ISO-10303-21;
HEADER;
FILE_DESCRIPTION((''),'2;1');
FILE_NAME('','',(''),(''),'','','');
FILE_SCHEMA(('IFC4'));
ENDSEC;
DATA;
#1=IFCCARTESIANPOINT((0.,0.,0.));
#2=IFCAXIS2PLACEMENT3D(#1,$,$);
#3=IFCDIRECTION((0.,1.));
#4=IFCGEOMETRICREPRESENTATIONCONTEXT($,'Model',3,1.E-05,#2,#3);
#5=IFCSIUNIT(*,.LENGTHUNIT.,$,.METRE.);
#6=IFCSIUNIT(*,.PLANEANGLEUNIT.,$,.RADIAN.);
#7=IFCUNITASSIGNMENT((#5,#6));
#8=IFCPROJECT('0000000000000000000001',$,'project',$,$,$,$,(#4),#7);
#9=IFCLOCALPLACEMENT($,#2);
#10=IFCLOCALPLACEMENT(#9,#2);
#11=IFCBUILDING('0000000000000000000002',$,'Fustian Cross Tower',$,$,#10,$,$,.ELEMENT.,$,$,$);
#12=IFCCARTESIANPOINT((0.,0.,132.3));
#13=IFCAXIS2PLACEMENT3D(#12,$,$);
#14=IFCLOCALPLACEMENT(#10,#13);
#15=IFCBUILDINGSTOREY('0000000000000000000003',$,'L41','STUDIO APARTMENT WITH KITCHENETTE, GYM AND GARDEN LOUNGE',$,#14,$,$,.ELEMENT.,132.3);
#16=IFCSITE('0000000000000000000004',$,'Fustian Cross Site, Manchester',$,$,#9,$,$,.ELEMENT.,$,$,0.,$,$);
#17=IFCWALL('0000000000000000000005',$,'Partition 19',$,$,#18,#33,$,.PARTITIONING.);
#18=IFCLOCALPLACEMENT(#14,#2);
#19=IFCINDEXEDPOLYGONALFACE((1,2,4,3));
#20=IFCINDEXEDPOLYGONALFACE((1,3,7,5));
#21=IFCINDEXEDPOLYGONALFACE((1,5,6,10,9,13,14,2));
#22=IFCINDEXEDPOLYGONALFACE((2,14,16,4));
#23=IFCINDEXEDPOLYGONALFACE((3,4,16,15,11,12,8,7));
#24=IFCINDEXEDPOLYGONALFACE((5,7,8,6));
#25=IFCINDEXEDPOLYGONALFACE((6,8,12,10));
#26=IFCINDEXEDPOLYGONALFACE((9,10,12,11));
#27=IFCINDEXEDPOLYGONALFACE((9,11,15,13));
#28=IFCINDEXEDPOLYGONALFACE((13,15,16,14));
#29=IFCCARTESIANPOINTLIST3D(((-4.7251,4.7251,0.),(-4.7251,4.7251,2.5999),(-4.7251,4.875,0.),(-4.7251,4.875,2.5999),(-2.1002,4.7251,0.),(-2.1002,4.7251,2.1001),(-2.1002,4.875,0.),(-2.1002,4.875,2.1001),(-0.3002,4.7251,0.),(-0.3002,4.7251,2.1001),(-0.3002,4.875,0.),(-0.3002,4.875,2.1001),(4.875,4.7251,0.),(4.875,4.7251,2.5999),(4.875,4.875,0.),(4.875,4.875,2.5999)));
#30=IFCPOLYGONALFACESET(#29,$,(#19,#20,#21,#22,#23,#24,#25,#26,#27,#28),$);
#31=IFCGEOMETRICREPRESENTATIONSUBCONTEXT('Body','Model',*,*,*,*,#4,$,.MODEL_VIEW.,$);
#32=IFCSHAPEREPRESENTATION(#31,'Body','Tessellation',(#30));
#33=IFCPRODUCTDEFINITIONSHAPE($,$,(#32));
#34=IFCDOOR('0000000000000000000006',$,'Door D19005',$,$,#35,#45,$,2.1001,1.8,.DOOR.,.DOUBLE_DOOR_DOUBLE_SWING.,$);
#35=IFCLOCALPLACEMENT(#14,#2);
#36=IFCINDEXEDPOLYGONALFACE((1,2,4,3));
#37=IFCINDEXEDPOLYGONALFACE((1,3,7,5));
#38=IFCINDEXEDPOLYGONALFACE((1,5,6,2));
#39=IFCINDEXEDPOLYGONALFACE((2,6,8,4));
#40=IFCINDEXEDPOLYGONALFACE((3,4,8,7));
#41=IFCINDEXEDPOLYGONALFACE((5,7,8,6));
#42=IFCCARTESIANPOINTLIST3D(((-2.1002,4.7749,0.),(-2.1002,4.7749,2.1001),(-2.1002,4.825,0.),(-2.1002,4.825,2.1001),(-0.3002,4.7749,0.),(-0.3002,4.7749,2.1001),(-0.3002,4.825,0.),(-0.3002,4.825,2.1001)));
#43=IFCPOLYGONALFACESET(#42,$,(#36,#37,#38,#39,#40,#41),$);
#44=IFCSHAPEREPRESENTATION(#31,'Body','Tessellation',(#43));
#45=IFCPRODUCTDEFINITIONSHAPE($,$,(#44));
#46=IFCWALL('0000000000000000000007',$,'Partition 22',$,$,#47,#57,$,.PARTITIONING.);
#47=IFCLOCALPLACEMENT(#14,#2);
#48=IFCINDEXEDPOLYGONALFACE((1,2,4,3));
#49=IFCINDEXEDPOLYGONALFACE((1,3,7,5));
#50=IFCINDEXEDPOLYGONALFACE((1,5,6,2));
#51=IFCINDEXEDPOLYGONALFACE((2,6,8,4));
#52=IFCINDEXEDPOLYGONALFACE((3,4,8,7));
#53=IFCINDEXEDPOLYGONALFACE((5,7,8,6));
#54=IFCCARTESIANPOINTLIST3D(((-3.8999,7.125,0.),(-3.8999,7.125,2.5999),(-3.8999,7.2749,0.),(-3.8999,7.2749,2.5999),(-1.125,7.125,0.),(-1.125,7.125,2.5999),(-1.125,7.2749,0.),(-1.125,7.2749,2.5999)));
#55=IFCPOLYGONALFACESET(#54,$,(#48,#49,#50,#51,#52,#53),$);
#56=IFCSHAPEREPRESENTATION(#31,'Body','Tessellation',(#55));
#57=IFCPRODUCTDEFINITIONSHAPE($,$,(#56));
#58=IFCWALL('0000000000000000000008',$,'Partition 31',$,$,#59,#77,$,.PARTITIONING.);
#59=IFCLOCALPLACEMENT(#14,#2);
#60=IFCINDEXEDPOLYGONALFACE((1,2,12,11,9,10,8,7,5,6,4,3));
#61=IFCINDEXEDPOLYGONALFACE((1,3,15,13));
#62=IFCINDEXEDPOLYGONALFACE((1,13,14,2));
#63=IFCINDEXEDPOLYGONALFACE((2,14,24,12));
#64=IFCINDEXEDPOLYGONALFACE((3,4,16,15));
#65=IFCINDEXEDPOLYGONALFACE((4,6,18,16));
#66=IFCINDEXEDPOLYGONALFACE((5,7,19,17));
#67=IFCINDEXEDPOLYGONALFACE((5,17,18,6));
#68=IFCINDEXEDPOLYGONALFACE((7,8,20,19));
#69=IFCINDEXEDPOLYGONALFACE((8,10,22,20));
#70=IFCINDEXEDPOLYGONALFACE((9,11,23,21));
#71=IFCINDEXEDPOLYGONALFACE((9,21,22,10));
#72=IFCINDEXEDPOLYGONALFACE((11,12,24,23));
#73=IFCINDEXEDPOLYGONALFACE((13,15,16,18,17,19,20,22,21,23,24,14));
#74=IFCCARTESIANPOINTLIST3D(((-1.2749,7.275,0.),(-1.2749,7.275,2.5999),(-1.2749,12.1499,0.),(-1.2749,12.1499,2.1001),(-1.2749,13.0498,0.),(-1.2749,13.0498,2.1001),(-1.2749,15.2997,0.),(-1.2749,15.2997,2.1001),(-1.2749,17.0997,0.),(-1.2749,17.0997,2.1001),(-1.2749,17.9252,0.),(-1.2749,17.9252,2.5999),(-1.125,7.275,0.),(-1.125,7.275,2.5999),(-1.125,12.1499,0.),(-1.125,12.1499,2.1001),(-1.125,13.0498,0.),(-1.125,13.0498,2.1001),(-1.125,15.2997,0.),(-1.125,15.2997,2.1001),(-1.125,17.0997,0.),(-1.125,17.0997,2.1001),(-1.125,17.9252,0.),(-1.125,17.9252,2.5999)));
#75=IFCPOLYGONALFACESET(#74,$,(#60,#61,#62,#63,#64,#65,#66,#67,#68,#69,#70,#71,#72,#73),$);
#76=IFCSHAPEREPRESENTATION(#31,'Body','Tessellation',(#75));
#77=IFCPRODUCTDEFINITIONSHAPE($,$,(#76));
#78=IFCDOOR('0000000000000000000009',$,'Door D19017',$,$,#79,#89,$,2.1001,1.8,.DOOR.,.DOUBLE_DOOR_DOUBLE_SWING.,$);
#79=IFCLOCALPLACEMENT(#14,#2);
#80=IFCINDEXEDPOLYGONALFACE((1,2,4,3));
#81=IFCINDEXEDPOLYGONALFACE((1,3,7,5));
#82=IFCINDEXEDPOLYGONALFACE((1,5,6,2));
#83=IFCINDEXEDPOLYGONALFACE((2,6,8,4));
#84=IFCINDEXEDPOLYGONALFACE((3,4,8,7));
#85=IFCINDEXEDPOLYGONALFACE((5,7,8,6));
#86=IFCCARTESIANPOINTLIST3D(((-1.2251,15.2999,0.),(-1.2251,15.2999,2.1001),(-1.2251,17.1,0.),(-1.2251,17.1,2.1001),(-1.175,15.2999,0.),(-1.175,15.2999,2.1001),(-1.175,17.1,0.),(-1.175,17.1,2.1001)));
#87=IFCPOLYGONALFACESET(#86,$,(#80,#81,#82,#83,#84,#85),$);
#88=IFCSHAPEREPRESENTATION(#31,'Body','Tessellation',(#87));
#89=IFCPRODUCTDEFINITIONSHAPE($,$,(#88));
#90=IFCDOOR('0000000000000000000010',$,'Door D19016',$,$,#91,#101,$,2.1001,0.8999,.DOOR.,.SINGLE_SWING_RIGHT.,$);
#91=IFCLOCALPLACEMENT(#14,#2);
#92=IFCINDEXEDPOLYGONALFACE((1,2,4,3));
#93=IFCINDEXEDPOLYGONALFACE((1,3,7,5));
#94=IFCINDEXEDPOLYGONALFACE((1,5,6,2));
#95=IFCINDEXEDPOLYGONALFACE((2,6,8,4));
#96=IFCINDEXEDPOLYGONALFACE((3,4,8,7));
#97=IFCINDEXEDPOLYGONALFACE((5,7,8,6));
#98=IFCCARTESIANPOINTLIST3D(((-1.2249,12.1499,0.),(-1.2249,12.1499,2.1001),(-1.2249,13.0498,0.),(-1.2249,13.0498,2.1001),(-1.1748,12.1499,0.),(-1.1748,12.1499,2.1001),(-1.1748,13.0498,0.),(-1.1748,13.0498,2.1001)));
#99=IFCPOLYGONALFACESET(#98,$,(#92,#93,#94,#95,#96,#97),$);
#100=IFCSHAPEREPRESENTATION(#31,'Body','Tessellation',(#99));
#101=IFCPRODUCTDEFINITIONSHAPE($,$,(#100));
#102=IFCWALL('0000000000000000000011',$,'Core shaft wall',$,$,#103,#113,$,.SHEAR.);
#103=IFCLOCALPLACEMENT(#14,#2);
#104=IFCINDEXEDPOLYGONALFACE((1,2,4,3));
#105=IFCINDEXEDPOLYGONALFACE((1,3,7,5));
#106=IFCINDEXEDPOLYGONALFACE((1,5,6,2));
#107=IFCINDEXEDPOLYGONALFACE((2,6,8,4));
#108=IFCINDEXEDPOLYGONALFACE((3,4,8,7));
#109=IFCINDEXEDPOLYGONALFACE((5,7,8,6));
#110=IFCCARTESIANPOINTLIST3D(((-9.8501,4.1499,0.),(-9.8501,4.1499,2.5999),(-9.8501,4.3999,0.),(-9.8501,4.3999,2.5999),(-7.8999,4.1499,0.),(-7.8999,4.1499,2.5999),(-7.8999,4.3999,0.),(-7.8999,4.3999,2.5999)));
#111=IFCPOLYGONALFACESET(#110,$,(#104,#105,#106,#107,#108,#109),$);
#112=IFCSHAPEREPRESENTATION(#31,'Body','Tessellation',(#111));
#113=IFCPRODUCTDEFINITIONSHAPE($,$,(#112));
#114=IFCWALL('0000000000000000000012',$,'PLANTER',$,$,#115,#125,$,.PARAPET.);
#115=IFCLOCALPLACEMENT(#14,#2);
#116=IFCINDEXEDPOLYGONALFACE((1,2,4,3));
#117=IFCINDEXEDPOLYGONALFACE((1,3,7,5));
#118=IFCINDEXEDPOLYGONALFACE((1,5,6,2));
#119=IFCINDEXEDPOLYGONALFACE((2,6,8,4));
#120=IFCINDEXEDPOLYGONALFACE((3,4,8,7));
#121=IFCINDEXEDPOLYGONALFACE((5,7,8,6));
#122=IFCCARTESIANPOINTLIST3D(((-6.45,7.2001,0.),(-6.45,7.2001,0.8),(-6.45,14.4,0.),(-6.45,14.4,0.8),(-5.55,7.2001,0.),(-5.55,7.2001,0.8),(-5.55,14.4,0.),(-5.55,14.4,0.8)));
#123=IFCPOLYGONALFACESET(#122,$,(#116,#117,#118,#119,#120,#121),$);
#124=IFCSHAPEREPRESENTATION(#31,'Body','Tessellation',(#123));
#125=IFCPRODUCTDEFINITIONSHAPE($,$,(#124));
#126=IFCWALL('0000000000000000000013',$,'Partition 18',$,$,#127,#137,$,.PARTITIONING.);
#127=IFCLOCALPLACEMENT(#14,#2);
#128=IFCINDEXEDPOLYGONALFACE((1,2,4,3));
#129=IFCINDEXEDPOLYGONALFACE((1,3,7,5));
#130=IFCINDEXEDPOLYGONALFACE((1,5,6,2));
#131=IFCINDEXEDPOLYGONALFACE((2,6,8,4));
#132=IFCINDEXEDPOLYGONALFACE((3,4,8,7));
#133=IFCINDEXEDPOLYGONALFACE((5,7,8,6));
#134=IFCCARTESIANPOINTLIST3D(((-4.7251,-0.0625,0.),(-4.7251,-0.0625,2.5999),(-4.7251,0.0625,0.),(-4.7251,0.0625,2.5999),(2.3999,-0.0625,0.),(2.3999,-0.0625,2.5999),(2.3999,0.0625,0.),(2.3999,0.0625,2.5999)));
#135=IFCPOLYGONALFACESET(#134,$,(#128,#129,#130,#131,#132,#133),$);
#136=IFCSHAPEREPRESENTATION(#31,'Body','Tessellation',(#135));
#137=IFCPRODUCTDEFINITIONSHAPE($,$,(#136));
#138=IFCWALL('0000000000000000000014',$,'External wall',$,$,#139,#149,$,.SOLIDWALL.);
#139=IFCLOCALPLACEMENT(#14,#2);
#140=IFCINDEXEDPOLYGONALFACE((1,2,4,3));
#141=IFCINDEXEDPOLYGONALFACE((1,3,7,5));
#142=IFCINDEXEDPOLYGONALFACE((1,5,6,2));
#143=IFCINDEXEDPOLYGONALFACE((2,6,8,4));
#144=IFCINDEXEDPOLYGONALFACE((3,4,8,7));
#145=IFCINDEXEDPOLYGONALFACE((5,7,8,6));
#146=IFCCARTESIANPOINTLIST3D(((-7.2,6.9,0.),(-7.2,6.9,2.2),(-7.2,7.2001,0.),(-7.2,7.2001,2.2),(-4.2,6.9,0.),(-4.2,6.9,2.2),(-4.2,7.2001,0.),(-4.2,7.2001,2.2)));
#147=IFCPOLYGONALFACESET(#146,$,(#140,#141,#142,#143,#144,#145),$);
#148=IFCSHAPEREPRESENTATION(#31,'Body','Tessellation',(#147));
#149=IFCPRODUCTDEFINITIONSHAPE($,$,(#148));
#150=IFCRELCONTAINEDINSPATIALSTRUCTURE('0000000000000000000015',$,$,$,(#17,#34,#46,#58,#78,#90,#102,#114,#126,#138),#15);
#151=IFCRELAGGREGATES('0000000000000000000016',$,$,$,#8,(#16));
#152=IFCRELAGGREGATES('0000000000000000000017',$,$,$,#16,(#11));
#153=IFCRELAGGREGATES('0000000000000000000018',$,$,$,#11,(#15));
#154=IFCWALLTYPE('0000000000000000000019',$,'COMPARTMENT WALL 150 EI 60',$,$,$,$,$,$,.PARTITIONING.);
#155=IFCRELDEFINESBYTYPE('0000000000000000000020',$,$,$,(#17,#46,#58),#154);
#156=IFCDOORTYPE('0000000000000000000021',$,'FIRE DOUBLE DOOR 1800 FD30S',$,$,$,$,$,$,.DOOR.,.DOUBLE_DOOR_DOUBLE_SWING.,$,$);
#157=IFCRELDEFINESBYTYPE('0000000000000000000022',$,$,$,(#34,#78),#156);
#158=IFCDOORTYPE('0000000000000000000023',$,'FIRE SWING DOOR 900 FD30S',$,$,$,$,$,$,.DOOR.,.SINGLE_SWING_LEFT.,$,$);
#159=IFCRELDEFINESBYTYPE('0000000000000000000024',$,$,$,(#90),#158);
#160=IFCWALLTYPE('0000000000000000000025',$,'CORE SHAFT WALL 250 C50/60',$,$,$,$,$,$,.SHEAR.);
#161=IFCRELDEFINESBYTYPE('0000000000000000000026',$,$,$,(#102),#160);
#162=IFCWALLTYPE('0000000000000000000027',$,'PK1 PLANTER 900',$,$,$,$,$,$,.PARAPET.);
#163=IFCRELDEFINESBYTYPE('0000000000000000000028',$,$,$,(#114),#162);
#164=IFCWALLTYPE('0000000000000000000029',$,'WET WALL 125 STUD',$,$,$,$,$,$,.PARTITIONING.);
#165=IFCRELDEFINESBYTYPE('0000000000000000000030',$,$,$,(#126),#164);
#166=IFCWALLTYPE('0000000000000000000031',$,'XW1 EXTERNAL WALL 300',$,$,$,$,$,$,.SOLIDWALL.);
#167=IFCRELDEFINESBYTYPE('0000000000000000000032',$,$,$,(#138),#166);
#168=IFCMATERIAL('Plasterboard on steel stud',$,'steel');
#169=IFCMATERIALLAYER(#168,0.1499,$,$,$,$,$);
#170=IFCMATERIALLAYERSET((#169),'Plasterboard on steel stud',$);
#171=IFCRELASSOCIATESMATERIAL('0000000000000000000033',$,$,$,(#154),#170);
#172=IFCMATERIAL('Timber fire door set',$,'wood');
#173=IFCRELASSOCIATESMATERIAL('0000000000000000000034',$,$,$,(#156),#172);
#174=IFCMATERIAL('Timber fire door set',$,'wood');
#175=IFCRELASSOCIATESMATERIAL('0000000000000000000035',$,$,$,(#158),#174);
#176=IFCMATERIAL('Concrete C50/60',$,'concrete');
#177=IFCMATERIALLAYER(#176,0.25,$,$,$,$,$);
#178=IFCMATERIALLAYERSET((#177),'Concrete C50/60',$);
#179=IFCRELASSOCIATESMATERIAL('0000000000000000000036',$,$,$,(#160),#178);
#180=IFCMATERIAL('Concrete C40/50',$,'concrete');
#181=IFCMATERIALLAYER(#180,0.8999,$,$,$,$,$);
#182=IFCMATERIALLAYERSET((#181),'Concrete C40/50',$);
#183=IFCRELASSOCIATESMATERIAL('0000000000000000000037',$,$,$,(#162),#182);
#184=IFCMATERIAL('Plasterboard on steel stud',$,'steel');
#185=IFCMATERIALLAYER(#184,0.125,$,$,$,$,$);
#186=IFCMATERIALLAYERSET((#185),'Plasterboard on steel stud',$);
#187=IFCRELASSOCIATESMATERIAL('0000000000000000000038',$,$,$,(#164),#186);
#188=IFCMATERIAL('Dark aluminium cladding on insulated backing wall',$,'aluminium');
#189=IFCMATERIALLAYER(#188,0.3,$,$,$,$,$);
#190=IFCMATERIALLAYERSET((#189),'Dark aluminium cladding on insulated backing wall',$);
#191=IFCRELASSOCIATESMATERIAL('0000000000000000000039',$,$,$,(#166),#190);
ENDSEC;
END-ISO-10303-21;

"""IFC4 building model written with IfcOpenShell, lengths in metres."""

from ifc_helpers import new_model, si_unit, direction, frame, frame_2d, origin, place, context, subcontext, project, spatial, rectangle, extrude, material, layer, layer_set, type_object, element, fill, save


model = new_model("IFC4")

# Units and contexts
model_context = context("Model", 3, precision=1e-05, world=origin(), true_north=direction((0.0, 1.0)))
body_context = subcontext(model_context, "Body", "Model", "MODEL_VIEW")
ifc_project = project(units=[si_unit("LENGTHUNIT", "METRE"), si_unit("PLANEANGLEUNIT", "RADIAN")], contexts=[model_context])

# Site, building, storey
site_placement = place(None, origin())
site = spatial("IfcSite", under=ifc_project, at=site_placement, Name="Fustian Cross Site, Manchester", CompositionType="ELEMENT", RefElevation=0.0)
building_placement = place(site_placement, origin())
building = spatial("IfcBuilding", under=site, at=building_placement, Name="Fustian Cross Tower", CompositionType="ELEMENT")
storey_placement = place(building_placement, frame((0.0, 0.0, 132.3)))
storey = spatial("IfcBuildingStorey", under=building, at=storey_placement, Name="L41", Description="STUDIO APARTMENT WITH KITCHENETTE, GYM AND GARDEN LOUNGE", CompositionType="ELEMENT", Elevation=132.3)

# Wall, opening, door
ifc_material_1 = material(Name="Plasterboard on steel stud", Category="steel")
ifc_layer_1 = layer(ifc_material_1, 0.1499)
ifc_layer_set_1 = layer_set([ifc_layer_1], Name="Plasterboard on steel stud")
wall_type_1 = type_object("IfcWallType", Name="COMPARTMENT WALL 150 EI 60", PredefinedType="PARTITIONING", material=ifc_layer_set_1)
wall_1_placement = place(storey_placement, frame((-4.7251, 4.8, 0.0), z_axis=(0.0, 0.0, 1.0), x_axis=(1.0, 0.0, 0.0)))
wall_1 = element("IfcWall", 1, at=wall_1_placement, inside=storey, type_object=wall_type_1, Name="Partition 19", PredefinedType="PARTITIONING", context=body_context, shape_type="SweptSolid", body=[
    extrude(rectangle(XDim=9.6001, YDim=0.1499, at=frame_2d((4.8, 0.0))), origin(), (0.0, 0.0, 1.0), 2.5999),
])
opening_1_placement = place(wall_1_placement, frame((2.625, 0.0, 0.0)))
opening_1 = element("IfcOpeningElement", 2, at=opening_1_placement, cuts=wall_1, PredefinedType="OPENING", context=body_context, shape_type="SweptSolid", body=[
    extrude(rectangle(XDim=1.8, YDim=2.1001, at=frame_2d((0.8999, 1.05))), frame((0.0, 0.085, 0.0), z_axis=(0.0, -1.0, 0.0), x_axis=(1.0, 0.0, 0.0)), (0.0, 0.0, 1.0), 0.1699),
])
ifc_material_2 = material(Name="Timber fire door set", Category="wood")
door_type_1 = type_object("IfcDoorType", Name="FIRE DOUBLE DOOR 1800 FD30S", OperationType="DOUBLE_DOOR_DOUBLE_SWING", PredefinedType="DOOR", material=ifc_material_2)
door_1_placement = place(opening_1_placement, origin())
door_1 = element("IfcDoor", 3, at=door_1_placement, inside=storey, type_object=door_type_1, Name="Door D19005", OperationType="DOUBLE_DOOR_DOUBLE_SWING", OverallHeight=2.1001, OverallWidth=1.8, PredefinedType="DOOR", context=body_context, shape_type="SweptSolid", body=[
    extrude(rectangle(XDim=1.8, YDim=2.1001, at=frame_2d((0.8999, 1.05))), frame((0.0, 0.0249, 0.0), z_axis=(0.0, -1.0, 0.0), x_axis=(1.0, 0.0, 0.0)), (0.0, 0.0, 1.0), 0.05),
])
fill(opening_1, door_1)

# Wall
wall_2_placement = place(storey_placement, frame((-3.8999, 7.2, 0.0), z_axis=(0.0, 0.0, 1.0), x_axis=(1.0, 0.0, 0.0)))
element("IfcWall", 4, at=wall_2_placement, inside=storey, type_object=wall_type_1, Name="Partition 22", PredefinedType="PARTITIONING", context=body_context, shape_type="SweptSolid", body=[
    extrude(rectangle(XDim=2.7749, YDim=0.1499, at=frame_2d((1.3875, 0.0))), origin(), (0.0, 0.0, 1.0), 2.5999),
])

# Wall, openings, doors
wall_3_placement = place(storey_placement, frame((-1.2, 7.2749, 0.0), z_axis=(0.0, 0.0, 1.0), x_axis=(0.0, 1.0, 0.0)))
wall_3 = element("IfcWall", 5, at=wall_3_placement, inside=storey, type_object=wall_type_1, Name="Partition 31", PredefinedType="PARTITIONING", context=body_context, shape_type="SweptSolid", body=[
    extrude(rectangle(XDim=10.6501, YDim=0.1499, at=frame_2d((5.3252, 0.0))), origin(), (0.0, 0.0, 1.0), 2.5999),
])
opening_2_placement = place(wall_3_placement, frame((4.875, 0.0, 0.0)))
opening_2 = element("IfcOpeningElement", 6, at=opening_2_placement, cuts=wall_3, PredefinedType="OPENING", context=body_context, shape_type="SweptSolid", body=[
    extrude(rectangle(XDim=0.8999, YDim=2.1001, at=frame_2d((0.45, 1.05))), frame((0.0, 0.085, 0.0), z_axis=(0.0, -1.0, 0.0), x_axis=(1.0, 0.0, 0.0)), (0.0, 0.0, 1.0), 0.1699),
])
opening_3_placement = place(wall_3_placement, frame((8.0249, 0.0, 0.0)))
opening_3 = element("IfcOpeningElement", 7, at=opening_3_placement, cuts=wall_3, PredefinedType="OPENING", context=body_context, shape_type="SweptSolid", body=[
    extrude(rectangle(XDim=1.8, YDim=2.1001, at=frame_2d((0.8999, 1.05))), frame((0.0, 0.085, 0.0), z_axis=(0.0, -1.0, 0.0), x_axis=(1.0, 0.0, 0.0)), (0.0, 0.0, 1.0), 0.1699),
])
door_2_placement = place(opening_3_placement, frame((1.8, 0.0, 0.0), z_axis=(0.0, 0.0, 1.0), x_axis=(-1.0, 0.0, 0.0)))
door_2 = element("IfcDoor", 8, at=door_2_placement, inside=storey, type_object=door_type_1, Name="Door D19017", OperationType="DOUBLE_DOOR_DOUBLE_SWING", OverallHeight=2.1001, OverallWidth=1.8, PredefinedType="DOOR", context=body_context, shape_type="SweptSolid", body=[
    extrude(rectangle(XDim=1.8, YDim=2.1001, at=frame_2d((0.8999, 1.05))), frame((0.0, 0.0249, 0.0), z_axis=(0.0, -1.0, 0.0), x_axis=(1.0, 0.0, 0.0)), (0.0, 0.0, 1.0), 0.05),
])
fill(opening_3, door_2)
ifc_material_3 = material(Name="Timber fire door set", Category="wood")
door_type_2 = type_object("IfcDoorType", Name="FIRE SWING DOOR 900 FD30S", OperationType="SINGLE_SWING_LEFT", PredefinedType="DOOR", material=ifc_material_3)
door_3_placement = place(opening_2_placement, origin())
door_3 = element("IfcDoor", 9, at=door_3_placement, inside=storey, type_object=door_type_2, Name="Door D19016", OperationType="SINGLE_SWING_RIGHT", OverallHeight=2.1001, OverallWidth=0.8999, PredefinedType="DOOR", context=body_context, shape_type="SweptSolid", body=[
    extrude(rectangle(XDim=0.8999, YDim=2.1001, at=frame_2d((0.45, 1.05))), frame((0.0, 0.0249, 0.0), z_axis=(0.0, -1.0, 0.0), x_axis=(1.0, 0.0, 0.0)), (0.0, 0.0, 1.0), 0.05),
])
fill(opening_2, door_3)

# Walls
ifc_material_4 = material(Name="Concrete C50/60", Category="concrete")
ifc_layer_2 = layer(ifc_material_4, 0.25)
ifc_layer_set_2 = layer_set([ifc_layer_2], Name="Concrete C50/60")
wall_type_2 = type_object("IfcWallType", Name="CORE SHAFT WALL 250 C50/60", PredefinedType="SHEAR", material=ifc_layer_set_2)
wall_4_placement = place(storey_placement, frame((-7.8999, 4.2749, 0.0), z_axis=(0.0, 0.0, 1.0), x_axis=(-1.0, 0.0, 0.0)))
element("IfcWall", 10, at=wall_4_placement, inside=storey, type_object=wall_type_2, Name="Core shaft wall", PredefinedType="SHEAR", context=body_context, shape_type="SweptSolid", body=[
    extrude(rectangle(XDim=1.9502, YDim=0.25, at=frame_2d((0.9751, 0.0))), origin(), (0.0, 0.0, 1.0), 2.5999),
])
ifc_material_5 = material(Name="Concrete C40/50", Category="concrete")
ifc_layer_3 = layer(ifc_material_5, 0.8999)
ifc_layer_set_3 = layer_set([ifc_layer_3], Name="Concrete C40/50")
wall_type_3 = type_object("IfcWallType", Name="PK1 PLANTER 900", PredefinedType="PARAPET", material=ifc_layer_set_3)
wall_5_placement = place(storey_placement, frame((-6.0, 7.2, 0.0), z_axis=(0.0, 0.0, 1.0), x_axis=(0.0, 1.0, 0.0)))
element("IfcWall", 11, at=wall_5_placement, inside=storey, type_object=wall_type_3, Name="PLANTER", PredefinedType="PARAPET", context=body_context, shape_type="SweptSolid", body=[
    extrude(rectangle(XDim=7.2, YDim=0.8999, at=frame_2d((3.6001, 0.0))), origin(), (0.0, 0.0, 1.0), 0.8),
])
ifc_material_6 = material(Name="Plasterboard on steel stud", Category="steel")
ifc_layer_4 = layer(ifc_material_6, 0.125)
ifc_layer_set_4 = layer_set([ifc_layer_4], Name="Plasterboard on steel stud")
wall_type_4 = type_object("IfcWallType", Name="WET WALL 125 STUD", PredefinedType="PARTITIONING", material=ifc_layer_set_4)
wall_6_placement = place(storey_placement, frame((-4.7251, 0.0, 0.0), z_axis=(0.0, 0.0, 1.0), x_axis=(1.0, 0.0, 0.0)))
element("IfcWall", 12, at=wall_6_placement, inside=storey, type_object=wall_type_4, Name="Partition 18", PredefinedType="PARTITIONING", context=body_context, shape_type="SweptSolid", body=[
    extrude(rectangle(XDim=7.125, YDim=0.125, at=frame_2d((3.5625, 0.0))), origin(), (0.0, 0.0, 1.0), 2.5999),
])
ifc_material_7 = material(Name="Dark aluminium cladding on insulated backing wall", Category="aluminium")
ifc_layer_5 = layer(ifc_material_7, 0.3)
ifc_layer_set_5 = layer_set([ifc_layer_5], Name="Dark aluminium cladding on insulated backing wall")
wall_type_5 = type_object("IfcWallType", Name="XW1 EXTERNAL WALL 300", PredefinedType="SOLIDWALL", material=ifc_layer_set_5)
wall_7_placement = place(storey_placement, frame((-4.2, 7.05, 0.0), z_axis=(0.0, 0.0, 1.0), x_axis=(-1.0, 0.0, 0.0)))
element("IfcWall", 13, at=wall_7_placement, inside=storey, type_object=wall_type_5, Name="External wall", PredefinedType="SOLIDWALL", context=body_context, shape_type="SweptSolid", body=[
    extrude(rectangle(XDim=3.0, YDim=0.3, at=frame_2d((1.5, 0.0))), origin(), (0.0, 0.0, 1.0), 2.2),
])

save(model, "model.ifc")
